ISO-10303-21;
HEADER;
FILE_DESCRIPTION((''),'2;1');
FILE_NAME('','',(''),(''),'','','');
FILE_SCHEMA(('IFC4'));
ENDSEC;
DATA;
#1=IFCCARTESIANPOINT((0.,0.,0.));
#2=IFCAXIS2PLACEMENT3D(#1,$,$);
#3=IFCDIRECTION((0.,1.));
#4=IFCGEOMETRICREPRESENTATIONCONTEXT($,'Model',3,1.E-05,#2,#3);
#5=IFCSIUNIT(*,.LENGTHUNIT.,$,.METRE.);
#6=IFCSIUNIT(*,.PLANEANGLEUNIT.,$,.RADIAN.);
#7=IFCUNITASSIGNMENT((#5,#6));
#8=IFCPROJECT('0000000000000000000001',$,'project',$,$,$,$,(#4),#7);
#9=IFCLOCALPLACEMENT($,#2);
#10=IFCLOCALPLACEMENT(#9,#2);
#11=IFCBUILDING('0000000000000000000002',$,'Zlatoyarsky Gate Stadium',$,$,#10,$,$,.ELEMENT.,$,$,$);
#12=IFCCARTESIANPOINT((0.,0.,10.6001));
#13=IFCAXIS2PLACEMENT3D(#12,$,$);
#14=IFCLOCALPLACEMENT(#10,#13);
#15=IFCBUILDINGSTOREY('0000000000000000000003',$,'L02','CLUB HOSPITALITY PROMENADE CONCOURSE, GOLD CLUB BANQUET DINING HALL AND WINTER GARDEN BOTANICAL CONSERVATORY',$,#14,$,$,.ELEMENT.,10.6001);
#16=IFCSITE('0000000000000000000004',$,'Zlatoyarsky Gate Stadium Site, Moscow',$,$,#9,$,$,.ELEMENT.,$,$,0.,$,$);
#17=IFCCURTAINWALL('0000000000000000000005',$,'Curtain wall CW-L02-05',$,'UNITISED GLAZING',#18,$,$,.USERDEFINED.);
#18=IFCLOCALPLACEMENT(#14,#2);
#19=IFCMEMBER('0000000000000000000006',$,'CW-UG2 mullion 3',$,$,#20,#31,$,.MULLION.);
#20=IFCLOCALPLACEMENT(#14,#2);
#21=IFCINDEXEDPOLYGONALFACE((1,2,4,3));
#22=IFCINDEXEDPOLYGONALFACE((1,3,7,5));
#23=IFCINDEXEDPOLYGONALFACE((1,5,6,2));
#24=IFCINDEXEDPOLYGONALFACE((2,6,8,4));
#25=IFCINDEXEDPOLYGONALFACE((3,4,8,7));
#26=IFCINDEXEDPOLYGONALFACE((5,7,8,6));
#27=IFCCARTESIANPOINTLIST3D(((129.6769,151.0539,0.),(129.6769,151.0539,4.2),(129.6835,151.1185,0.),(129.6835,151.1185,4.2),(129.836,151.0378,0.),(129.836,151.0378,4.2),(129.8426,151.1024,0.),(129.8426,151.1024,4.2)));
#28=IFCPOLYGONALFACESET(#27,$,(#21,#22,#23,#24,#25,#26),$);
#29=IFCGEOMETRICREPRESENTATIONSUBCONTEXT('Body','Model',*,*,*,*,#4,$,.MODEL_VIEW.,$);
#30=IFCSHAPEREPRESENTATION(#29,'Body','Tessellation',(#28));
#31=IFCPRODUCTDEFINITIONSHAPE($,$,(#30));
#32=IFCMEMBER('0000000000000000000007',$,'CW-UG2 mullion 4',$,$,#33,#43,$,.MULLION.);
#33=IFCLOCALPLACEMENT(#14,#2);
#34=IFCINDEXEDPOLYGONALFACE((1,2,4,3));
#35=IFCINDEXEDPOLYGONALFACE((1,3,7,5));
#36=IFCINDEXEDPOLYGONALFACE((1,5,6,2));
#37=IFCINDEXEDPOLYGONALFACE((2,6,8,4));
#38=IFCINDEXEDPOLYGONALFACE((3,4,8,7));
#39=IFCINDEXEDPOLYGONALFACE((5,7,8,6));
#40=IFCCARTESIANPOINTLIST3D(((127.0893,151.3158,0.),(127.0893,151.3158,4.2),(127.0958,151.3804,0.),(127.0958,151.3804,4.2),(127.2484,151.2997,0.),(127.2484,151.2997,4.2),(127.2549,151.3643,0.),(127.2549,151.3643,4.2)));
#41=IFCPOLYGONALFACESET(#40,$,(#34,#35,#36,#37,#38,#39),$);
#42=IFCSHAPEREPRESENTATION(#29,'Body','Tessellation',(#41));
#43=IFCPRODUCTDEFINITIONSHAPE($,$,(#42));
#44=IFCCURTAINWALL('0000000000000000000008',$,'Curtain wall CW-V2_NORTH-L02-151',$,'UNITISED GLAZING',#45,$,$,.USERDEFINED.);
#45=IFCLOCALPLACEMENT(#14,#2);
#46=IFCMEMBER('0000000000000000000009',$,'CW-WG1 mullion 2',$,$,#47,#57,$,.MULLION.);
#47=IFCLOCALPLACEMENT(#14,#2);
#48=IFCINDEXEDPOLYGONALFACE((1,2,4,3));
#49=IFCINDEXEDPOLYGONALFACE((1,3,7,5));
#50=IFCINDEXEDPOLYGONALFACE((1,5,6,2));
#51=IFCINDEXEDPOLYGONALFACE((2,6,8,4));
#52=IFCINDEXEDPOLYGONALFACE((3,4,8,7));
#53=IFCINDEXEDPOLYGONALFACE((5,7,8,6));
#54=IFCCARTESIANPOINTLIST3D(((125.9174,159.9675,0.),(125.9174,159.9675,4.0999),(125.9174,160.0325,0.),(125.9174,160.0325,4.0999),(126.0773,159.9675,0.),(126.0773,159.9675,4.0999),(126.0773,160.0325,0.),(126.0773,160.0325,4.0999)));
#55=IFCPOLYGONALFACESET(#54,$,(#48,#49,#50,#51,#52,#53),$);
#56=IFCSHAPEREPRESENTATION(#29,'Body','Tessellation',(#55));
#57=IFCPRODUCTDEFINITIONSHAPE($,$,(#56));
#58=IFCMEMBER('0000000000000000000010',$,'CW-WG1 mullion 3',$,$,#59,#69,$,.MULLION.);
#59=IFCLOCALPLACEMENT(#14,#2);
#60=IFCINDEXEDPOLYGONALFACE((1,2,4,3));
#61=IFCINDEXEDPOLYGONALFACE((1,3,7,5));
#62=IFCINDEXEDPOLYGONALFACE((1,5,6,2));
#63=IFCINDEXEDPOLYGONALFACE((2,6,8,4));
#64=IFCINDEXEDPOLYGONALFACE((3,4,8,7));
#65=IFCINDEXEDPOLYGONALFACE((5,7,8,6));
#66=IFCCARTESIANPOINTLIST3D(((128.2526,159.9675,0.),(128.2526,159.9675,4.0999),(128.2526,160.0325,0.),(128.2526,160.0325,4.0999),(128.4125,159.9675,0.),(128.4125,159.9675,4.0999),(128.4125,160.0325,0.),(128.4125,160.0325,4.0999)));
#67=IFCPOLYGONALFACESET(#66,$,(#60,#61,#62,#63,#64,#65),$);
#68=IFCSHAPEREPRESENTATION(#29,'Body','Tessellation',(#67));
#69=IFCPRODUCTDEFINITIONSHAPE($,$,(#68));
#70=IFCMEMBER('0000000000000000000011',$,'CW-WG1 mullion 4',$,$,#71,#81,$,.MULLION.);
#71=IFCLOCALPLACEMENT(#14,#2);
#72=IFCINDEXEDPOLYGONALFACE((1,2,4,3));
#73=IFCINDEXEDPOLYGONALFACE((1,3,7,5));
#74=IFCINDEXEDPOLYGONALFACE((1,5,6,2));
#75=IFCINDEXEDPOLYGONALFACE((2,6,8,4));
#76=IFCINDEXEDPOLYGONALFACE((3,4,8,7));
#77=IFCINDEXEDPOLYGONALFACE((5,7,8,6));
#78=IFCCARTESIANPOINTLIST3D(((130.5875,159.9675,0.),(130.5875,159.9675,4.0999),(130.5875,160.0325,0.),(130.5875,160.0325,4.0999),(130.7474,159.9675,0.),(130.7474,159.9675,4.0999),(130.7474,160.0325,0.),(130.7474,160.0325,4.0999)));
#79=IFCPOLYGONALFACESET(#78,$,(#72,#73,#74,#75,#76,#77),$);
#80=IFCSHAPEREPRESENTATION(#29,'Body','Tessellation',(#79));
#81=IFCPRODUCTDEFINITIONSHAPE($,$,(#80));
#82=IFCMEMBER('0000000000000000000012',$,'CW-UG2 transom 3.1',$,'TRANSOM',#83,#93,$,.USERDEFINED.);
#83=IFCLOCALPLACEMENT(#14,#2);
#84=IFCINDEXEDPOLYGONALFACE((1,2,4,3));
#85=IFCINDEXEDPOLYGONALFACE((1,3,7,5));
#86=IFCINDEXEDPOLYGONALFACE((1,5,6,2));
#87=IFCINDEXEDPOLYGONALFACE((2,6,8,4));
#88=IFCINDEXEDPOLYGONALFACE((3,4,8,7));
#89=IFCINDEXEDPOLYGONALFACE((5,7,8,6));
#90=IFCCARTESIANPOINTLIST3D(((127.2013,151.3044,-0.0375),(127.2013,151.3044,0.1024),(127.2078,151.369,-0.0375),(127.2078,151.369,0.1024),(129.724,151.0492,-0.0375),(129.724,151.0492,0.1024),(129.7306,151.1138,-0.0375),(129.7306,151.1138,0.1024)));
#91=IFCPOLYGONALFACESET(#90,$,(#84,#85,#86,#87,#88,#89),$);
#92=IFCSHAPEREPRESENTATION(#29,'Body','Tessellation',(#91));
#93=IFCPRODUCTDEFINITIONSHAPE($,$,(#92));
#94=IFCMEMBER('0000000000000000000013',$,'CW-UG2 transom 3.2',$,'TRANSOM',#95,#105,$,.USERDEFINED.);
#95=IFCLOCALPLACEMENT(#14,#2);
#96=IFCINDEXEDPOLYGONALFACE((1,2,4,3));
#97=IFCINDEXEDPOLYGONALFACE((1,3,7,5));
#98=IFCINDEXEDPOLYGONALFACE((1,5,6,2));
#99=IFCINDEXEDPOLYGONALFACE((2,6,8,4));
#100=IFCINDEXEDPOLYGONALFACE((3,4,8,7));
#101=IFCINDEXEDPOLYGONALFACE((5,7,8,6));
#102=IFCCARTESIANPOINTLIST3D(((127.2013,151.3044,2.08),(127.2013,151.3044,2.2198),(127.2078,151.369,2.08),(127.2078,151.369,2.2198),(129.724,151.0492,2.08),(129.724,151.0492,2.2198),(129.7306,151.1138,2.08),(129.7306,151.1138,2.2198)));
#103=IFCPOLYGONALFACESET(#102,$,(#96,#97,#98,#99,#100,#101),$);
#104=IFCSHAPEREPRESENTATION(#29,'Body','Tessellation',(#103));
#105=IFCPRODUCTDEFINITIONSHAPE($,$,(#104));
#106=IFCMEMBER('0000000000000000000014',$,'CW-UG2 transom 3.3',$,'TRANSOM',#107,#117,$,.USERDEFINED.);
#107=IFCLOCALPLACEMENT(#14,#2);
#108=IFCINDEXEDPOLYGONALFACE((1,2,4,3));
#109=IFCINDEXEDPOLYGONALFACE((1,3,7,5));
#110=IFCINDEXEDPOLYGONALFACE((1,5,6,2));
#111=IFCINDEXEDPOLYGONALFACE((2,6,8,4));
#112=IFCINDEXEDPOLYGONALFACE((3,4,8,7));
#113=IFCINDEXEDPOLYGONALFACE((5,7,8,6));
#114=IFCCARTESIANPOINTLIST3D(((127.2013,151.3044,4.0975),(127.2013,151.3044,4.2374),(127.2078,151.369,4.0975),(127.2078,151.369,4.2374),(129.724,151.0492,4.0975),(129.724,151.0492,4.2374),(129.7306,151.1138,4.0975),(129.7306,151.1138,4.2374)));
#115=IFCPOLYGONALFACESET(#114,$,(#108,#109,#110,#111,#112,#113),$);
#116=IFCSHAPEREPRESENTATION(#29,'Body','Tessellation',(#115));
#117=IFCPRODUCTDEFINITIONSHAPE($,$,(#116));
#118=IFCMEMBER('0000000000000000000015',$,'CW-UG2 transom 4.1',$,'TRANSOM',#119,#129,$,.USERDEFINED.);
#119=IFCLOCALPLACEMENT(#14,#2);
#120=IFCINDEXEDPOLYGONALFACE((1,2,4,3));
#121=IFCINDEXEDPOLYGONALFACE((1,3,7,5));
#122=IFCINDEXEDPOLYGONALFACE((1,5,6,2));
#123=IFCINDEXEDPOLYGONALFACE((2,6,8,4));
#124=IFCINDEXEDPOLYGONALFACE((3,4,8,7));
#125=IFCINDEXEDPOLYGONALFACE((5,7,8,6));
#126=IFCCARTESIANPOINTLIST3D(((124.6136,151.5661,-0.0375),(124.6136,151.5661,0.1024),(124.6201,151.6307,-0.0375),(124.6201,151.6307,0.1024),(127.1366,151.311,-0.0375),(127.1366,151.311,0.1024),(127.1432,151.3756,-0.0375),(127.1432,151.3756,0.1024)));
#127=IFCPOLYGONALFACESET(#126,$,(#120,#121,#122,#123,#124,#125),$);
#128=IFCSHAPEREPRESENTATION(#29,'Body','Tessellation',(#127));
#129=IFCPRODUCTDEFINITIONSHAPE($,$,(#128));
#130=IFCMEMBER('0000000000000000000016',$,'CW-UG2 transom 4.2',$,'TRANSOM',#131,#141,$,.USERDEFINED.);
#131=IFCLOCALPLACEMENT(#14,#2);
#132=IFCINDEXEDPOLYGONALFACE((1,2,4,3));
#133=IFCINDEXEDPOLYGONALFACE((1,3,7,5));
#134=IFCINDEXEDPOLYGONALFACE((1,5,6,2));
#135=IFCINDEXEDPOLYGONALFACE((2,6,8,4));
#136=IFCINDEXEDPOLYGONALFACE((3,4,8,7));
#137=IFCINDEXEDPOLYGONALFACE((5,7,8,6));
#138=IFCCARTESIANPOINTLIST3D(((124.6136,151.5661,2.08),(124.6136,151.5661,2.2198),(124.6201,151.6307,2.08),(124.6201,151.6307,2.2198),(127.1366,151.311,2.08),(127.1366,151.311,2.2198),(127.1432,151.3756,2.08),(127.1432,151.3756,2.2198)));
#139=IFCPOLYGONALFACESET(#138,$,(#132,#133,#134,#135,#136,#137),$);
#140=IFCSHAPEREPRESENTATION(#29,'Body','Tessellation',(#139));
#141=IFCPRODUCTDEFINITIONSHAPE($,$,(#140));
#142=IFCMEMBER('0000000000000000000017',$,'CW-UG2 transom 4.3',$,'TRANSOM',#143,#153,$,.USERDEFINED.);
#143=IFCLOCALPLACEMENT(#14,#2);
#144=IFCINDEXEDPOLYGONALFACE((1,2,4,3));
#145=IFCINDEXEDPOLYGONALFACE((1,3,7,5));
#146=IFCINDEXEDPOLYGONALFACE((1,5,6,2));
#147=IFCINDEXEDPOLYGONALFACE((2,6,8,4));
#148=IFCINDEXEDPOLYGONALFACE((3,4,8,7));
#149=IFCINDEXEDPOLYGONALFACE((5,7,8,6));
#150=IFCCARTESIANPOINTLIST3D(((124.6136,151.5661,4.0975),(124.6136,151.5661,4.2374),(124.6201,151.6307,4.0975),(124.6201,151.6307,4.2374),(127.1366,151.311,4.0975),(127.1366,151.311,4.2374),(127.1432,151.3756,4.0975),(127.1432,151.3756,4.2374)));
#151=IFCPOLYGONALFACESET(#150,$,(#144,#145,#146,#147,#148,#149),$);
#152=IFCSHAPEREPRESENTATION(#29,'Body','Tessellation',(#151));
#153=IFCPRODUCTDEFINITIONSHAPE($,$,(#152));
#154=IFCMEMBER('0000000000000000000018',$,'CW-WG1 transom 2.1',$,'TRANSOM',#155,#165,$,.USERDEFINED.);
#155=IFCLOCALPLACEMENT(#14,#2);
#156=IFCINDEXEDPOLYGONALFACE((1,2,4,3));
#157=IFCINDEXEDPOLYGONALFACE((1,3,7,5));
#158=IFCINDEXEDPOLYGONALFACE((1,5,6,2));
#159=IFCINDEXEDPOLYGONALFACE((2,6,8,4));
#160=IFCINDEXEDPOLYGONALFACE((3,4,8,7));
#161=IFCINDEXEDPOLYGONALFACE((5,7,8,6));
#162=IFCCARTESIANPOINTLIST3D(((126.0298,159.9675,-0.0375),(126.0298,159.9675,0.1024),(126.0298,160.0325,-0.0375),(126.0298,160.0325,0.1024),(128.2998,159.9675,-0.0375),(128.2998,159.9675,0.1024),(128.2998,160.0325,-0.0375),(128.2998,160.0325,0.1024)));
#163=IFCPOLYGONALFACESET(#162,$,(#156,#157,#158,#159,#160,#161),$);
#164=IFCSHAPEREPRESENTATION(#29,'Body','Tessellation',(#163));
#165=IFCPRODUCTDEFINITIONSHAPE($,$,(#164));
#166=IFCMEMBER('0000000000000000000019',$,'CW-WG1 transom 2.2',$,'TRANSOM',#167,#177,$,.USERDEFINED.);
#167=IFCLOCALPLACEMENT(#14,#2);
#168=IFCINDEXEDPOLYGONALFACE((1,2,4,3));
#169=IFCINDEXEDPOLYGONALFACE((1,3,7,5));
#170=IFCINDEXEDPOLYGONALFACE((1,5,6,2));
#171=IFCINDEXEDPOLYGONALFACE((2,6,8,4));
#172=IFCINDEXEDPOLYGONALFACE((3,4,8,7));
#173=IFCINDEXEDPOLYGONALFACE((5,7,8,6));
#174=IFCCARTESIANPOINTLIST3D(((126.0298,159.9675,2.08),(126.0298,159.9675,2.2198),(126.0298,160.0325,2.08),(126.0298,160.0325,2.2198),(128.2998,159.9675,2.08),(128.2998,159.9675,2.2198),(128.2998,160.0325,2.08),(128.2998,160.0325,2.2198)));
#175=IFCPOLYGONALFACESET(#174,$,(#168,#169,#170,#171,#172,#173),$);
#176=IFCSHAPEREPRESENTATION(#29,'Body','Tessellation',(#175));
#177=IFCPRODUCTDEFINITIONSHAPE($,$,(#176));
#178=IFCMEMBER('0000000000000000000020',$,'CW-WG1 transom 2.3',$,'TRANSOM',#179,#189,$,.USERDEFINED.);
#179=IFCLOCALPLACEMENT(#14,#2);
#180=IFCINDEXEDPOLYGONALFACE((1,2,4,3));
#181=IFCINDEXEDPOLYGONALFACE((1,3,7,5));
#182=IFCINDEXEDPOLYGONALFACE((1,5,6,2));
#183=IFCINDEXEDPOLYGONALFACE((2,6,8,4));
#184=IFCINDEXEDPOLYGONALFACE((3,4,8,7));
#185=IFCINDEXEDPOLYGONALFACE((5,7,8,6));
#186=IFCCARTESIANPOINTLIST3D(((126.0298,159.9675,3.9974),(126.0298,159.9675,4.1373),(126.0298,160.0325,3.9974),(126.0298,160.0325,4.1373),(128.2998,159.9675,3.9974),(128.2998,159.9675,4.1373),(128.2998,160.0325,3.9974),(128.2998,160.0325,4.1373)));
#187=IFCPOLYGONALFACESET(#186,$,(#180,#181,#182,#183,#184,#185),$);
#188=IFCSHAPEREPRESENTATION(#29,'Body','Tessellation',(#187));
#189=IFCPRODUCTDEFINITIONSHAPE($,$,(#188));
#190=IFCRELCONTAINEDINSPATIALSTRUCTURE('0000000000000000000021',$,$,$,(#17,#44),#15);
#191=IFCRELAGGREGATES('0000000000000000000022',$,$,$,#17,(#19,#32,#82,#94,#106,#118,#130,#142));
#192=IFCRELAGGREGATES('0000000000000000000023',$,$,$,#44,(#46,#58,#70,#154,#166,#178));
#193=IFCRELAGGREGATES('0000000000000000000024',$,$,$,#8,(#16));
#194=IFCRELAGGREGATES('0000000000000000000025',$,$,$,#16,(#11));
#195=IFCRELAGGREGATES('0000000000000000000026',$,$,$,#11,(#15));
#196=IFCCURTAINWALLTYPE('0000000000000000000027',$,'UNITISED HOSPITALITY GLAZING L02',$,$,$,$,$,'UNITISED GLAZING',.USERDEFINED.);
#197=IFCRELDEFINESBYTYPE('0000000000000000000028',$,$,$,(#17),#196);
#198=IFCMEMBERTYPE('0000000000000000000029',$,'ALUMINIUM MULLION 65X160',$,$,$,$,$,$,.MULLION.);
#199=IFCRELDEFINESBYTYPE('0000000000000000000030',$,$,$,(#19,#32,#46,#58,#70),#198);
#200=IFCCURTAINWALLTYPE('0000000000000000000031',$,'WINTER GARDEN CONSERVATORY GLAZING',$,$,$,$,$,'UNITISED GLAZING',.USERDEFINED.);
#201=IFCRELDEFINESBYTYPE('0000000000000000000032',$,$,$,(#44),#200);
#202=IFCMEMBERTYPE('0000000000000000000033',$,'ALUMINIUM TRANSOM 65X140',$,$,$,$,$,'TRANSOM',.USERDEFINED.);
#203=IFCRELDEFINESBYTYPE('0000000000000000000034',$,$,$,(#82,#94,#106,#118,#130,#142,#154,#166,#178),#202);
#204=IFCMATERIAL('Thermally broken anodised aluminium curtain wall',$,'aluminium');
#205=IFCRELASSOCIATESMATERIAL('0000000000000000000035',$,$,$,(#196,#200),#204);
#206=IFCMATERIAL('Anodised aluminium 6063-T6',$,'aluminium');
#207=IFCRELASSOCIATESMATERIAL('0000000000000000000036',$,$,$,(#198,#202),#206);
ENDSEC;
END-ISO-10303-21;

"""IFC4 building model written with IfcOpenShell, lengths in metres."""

from ifc_helpers import new_model, si_unit, direction, frame, origin, origin_2d, place, context, subcontext, project, spatial, rectangle, extrude, material, material_profile, profile_set, type_object, element, aggregate, save


model = new_model("IFC4")

# Units and contexts
model_context = context("Model", 3, precision=1e-05, world=origin(), true_north=direction((0.0, 1.0)))
body_context = subcontext(model_context, "Body", "Model", "MODEL_VIEW")
ifc_project = project(units=[si_unit("LENGTHUNIT", "METRE"), si_unit("PLANEANGLEUNIT", "RADIAN")], contexts=[model_context])

# Site, building, storey
site_placement = place(None, origin())
site = spatial("IfcSite", under=ifc_project, at=site_placement, Name="Zlatoyarsky Gate Stadium Site, Moscow", CompositionType="ELEMENT", RefElevation=0.0)
building_placement = place(site_placement, origin())
building = spatial("IfcBuilding", under=site, at=building_placement, Name="Zlatoyarsky Gate Stadium", CompositionType="ELEMENT")
storey_placement = place(building_placement, frame((0.0, 0.0, 10.6001)))
storey = spatial("IfcBuildingStorey", under=building, at=storey_placement, Name="L02", Description="CLUB HOSPITALITY PROMENADE CONCOURSE, GOLD CLUB BANQUET DINING HALL AND WINTER GARDEN BOTANICAL CONSERVATORY", CompositionType="ELEMENT", Elevation=10.6001)

# Curtain walls, members
ifc_material_1 = material(Name="Thermally broken anodised aluminium curtain wall", Category="aluminium")
curtain_wall_type_1 = type_object("IfcCurtainWallType", Name="UNITISED HOSPITALITY GLAZING L02", ElementType="UNITISED GLAZING", PredefinedType="USERDEFINED", material=ifc_material_1)
curtain_wall_1_placement = place(storey_placement, origin())
curtain_wall_1 = element("IfcCurtainWall", 1, at=curtain_wall_1_placement, inside=storey, type_object=curtain_wall_type_1, Name="Curtain wall CW-L02-05", ObjectType="UNITISED GLAZING", PredefinedType="USERDEFINED")
ifc_material_2 = material(Name="Anodised aluminium 6063-T6", Category="aluminium")
ifc_material_profile_1 = material_profile(ifc_material_2, rectangle(XDim=0.0649, YDim=0.1599, at=origin_2d()), Name="ALU 65X160")
ifc_profile_set_1 = profile_set([ifc_material_profile_1], Name="Anodised aluminium 6063-T6")
member_type_1 = type_object("IfcMemberType", Name="ALUMINIUM MULLION 65X160", PredefinedType="MULLION", material=ifc_profile_set_1)
member_1_placement = place(storey_placement, frame((129.7598, 151.0781, 0.0), z_axis=(0.0, 0.0, 1.0), x_axis=(-0.100645, -0.994922, 0.0)))
member_1 = element("IfcMember", 2, at=member_1_placement, type_object=member_type_1, Name="CW-UG2 mullion 3", PredefinedType="MULLION", context=body_context, shape_type="SweptSolid", body=[
    extrude(rectangle(XDim=0.0649, YDim=0.1599, at=origin_2d()), origin(), (0.0, 0.0, 1.0), 4.2),
])
member_2_placement = place(storey_placement, frame((127.1721, 151.3401, 0.0), z_axis=(0.0, 0.0, 1.0), x_axis=(-0.100645, -0.994922, 0.0)))
member_2 = element("IfcMember", 3, at=member_2_placement, type_object=member_type_1, Name="CW-UG2 mullion 4", PredefinedType="MULLION", context=body_context, shape_type="SweptSolid", body=[
    extrude(rectangle(XDim=0.0649, YDim=0.1599, at=origin_2d()), origin(), (0.0, 0.0, 1.0), 4.2),
])
curtain_wall_type_2 = type_object("IfcCurtainWallType", Name="WINTER GARDEN CONSERVATORY GLAZING", ElementType="UNITISED GLAZING", PredefinedType="USERDEFINED", material=ifc_material_1)
curtain_wall_2_placement = place(storey_placement, origin())
curtain_wall_2 = element("IfcCurtainWall", 4, at=curtain_wall_2_placement, inside=storey, type_object=curtain_wall_type_2, Name="Curtain wall CW-V2_NORTH-L02-151", ObjectType="UNITISED GLAZING", PredefinedType="USERDEFINED")
member_3_placement = place(storey_placement, frame((125.9973, 160.0, 0.0), z_axis=(0.0, 0.0, 1.0), x_axis=(0.0, 1.0, 0.0)))
member_3 = element("IfcMember", 5, at=member_3_placement, type_object=member_type_1, Name="CW-WG1 mullion 2", PredefinedType="MULLION", context=body_context, shape_type="SweptSolid", body=[
    extrude(rectangle(XDim=0.0649, YDim=0.1599, at=origin_2d()), origin(), (0.0, 0.0, 1.0), 4.0999),
])
member_4_placement = place(storey_placement, frame((128.3325, 160.0, 0.0), z_axis=(0.0, 0.0, 1.0), x_axis=(0.0, 1.0, 0.0)))
member_4 = element("IfcMember", 6, at=member_4_placement, type_object=member_type_1, Name="CW-WG1 mullion 3", PredefinedType="MULLION", context=body_context, shape_type="SweptSolid", body=[
    extrude(rectangle(XDim=0.0649, YDim=0.1599, at=origin_2d()), origin(), (0.0, 0.0, 1.0), 4.0999),
])
member_5_placement = place(storey_placement, frame((130.6675, 160.0, 0.0), z_axis=(0.0, 0.0, 1.0), x_axis=(0.0, 1.0, 0.0)))
member_5 = element("IfcMember", 7, at=member_5_placement, type_object=member_type_1, Name="CW-WG1 mullion 4", PredefinedType="MULLION", context=body_context, shape_type="SweptSolid", body=[
    extrude(rectangle(XDim=0.0649, YDim=0.1599, at=origin_2d()), origin(), (0.0, 0.0, 1.0), 4.0999),
])

# Members
ifc_material_profile_2 = material_profile(ifc_material_2, rectangle(XDim=0.0649, YDim=0.1399, at=origin_2d()), Name="ALU 65X140")
ifc_profile_set_2 = profile_set([ifc_material_profile_2], Name="Anodised aluminium 6063-T6")
member_type_2 = type_object("IfcMemberType", Name="ALUMINIUM TRANSOM 65X140", ElementType="TRANSOM", PredefinedType="USERDEFINED", material=ifc_profile_set_2)
member_6_placement = place(storey_placement, frame((129.7273, 151.0815, 0.0325), z_axis=(-0.994925, 0.100619, 0.0), x_axis=(-0.100619, -0.994925, 0.0)))
member_6 = element("IfcMember", 8, at=member_6_placement, type_object=member_type_2, Name="CW-UG2 transom 3.1", ObjectType="TRANSOM", PredefinedType="USERDEFINED", context=body_context, shape_type="SweptSolid", body=[
    extrude(rectangle(XDim=0.0649, YDim=0.1399, at=origin_2d()), origin(), (0.0, 0.0, 1.0), 2.5356),
])
member_7_placement = place(storey_placement, frame((129.7273, 151.0815, 2.1499), z_axis=(-0.994925, 0.100619, 0.0), x_axis=(-0.100619, -0.994925, 0.0)))
member_7 = element("IfcMember", 9, at=member_7_placement, type_object=member_type_2, Name="CW-UG2 transom 3.2", ObjectType="TRANSOM", PredefinedType="USERDEFINED", context=body_context, shape_type="SweptSolid", body=[
    extrude(rectangle(XDim=0.0649, YDim=0.1399, at=origin_2d()), origin(), (0.0, 0.0, 1.0), 2.5356),
])
member_8_placement = place(storey_placement, frame((129.7273, 151.0815, 4.1675), z_axis=(-0.994925, 0.100619, 0.0), x_axis=(-0.100619, -0.994925, 0.0)))
member_8 = element("IfcMember", 10, at=member_8_placement, type_object=member_type_2, Name="CW-UG2 transom 3.3", ObjectType="TRANSOM", PredefinedType="USERDEFINED", context=body_context, shape_type="SweptSolid", body=[
    extrude(rectangle(XDim=0.0649, YDim=0.1399, at=origin_2d()), origin(), (0.0, 0.0, 1.0), 2.5356),
])
member_9_placement = place(storey_placement, frame((127.1399, 151.3433, 0.0325), z_axis=(-0.994926, 0.100609, 0.0), x_axis=(-0.100609, -0.994926, 0.0)))
member_9 = element("IfcMember", 11, at=member_9_placement, type_object=member_type_2, Name="CW-UG2 transom 4.1", ObjectType="TRANSOM", PredefinedType="USERDEFINED", context=body_context, shape_type="SweptSolid", body=[
    extrude(rectangle(XDim=0.0649, YDim=0.1399, at=origin_2d()), origin(), (0.0, 0.0, 1.0), 2.5359),
])
member_10_placement = place(storey_placement, frame((127.1399, 151.3433, 2.1499), z_axis=(-0.994926, 0.100609, 0.0), x_axis=(-0.100609, -0.994926, 0.0)))
member_10 = element("IfcMember", 12, at=member_10_placement, type_object=member_type_2, Name="CW-UG2 transom 4.2", ObjectType="TRANSOM", PredefinedType="USERDEFINED", context=body_context, shape_type="SweptSolid", body=[
    extrude(rectangle(XDim=0.0649, YDim=0.1399, at=origin_2d()), origin(), (0.0, 0.0, 1.0), 2.5359),
])
member_11_placement = place(storey_placement, frame((127.1399, 151.3433, 4.1675), z_axis=(-0.994926, 0.100609, 0.0), x_axis=(-0.100609, -0.994926, 0.0)))
member_11 = element("IfcMember", 13, at=member_11_placement, type_object=member_type_2, Name="CW-UG2 transom 4.3", ObjectType="TRANSOM", PredefinedType="USERDEFINED", context=body_context, shape_type="SweptSolid", body=[
    extrude(rectangle(XDim=0.0649, YDim=0.1399, at=origin_2d()), origin(), (0.0, 0.0, 1.0), 2.5359),
])
member_12_placement = place(storey_placement, frame((126.0298, 160.0, 0.0325), z_axis=(1.0, 0.0, 0.0), x_axis=(0.0, 1.0, 0.0)))
member_12 = element("IfcMember", 14, at=member_12_placement, type_object=member_type_2, Name="CW-WG1 transom 2.1", ObjectType="TRANSOM", PredefinedType="USERDEFINED", context=body_context, shape_type="SweptSolid", body=[
    extrude(rectangle(XDim=0.0649, YDim=0.1399, at=origin_2d()), origin(), (0.0, 0.0, 1.0), 2.27),
])
member_13_placement = place(storey_placement, frame((126.0298, 160.0, 2.1499), z_axis=(1.0, 0.0, 0.0), x_axis=(0.0, 1.0, 0.0)))
member_13 = element("IfcMember", 15, at=member_13_placement, type_object=member_type_2, Name="CW-WG1 transom 2.2", ObjectType="TRANSOM", PredefinedType="USERDEFINED", context=body_context, shape_type="SweptSolid", body=[
    extrude(rectangle(XDim=0.0649, YDim=0.1399, at=origin_2d()), origin(), (0.0, 0.0, 1.0), 2.27),
])
member_14_placement = place(storey_placement, frame((126.0298, 160.0, 4.0674), z_axis=(1.0, 0.0, 0.0), x_axis=(0.0, 1.0, 0.0)))
member_14 = element("IfcMember", 16, at=member_14_placement, type_object=member_type_2, Name="CW-WG1 transom 2.3", ObjectType="TRANSOM", PredefinedType="USERDEFINED", context=body_context, shape_type="SweptSolid", body=[
    extrude(rectangle(XDim=0.0649, YDim=0.1399, at=origin_2d()), origin(), (0.0, 0.0, 1.0), 2.27),
])

aggregate(curtain_wall_1, [member_1, member_2, member_6, member_7, member_8, member_9, member_10, member_11])
aggregate(curtain_wall_2, [member_3, member_4, member_5, member_12, member_13, member_14])

save(model, "model.ifc")
